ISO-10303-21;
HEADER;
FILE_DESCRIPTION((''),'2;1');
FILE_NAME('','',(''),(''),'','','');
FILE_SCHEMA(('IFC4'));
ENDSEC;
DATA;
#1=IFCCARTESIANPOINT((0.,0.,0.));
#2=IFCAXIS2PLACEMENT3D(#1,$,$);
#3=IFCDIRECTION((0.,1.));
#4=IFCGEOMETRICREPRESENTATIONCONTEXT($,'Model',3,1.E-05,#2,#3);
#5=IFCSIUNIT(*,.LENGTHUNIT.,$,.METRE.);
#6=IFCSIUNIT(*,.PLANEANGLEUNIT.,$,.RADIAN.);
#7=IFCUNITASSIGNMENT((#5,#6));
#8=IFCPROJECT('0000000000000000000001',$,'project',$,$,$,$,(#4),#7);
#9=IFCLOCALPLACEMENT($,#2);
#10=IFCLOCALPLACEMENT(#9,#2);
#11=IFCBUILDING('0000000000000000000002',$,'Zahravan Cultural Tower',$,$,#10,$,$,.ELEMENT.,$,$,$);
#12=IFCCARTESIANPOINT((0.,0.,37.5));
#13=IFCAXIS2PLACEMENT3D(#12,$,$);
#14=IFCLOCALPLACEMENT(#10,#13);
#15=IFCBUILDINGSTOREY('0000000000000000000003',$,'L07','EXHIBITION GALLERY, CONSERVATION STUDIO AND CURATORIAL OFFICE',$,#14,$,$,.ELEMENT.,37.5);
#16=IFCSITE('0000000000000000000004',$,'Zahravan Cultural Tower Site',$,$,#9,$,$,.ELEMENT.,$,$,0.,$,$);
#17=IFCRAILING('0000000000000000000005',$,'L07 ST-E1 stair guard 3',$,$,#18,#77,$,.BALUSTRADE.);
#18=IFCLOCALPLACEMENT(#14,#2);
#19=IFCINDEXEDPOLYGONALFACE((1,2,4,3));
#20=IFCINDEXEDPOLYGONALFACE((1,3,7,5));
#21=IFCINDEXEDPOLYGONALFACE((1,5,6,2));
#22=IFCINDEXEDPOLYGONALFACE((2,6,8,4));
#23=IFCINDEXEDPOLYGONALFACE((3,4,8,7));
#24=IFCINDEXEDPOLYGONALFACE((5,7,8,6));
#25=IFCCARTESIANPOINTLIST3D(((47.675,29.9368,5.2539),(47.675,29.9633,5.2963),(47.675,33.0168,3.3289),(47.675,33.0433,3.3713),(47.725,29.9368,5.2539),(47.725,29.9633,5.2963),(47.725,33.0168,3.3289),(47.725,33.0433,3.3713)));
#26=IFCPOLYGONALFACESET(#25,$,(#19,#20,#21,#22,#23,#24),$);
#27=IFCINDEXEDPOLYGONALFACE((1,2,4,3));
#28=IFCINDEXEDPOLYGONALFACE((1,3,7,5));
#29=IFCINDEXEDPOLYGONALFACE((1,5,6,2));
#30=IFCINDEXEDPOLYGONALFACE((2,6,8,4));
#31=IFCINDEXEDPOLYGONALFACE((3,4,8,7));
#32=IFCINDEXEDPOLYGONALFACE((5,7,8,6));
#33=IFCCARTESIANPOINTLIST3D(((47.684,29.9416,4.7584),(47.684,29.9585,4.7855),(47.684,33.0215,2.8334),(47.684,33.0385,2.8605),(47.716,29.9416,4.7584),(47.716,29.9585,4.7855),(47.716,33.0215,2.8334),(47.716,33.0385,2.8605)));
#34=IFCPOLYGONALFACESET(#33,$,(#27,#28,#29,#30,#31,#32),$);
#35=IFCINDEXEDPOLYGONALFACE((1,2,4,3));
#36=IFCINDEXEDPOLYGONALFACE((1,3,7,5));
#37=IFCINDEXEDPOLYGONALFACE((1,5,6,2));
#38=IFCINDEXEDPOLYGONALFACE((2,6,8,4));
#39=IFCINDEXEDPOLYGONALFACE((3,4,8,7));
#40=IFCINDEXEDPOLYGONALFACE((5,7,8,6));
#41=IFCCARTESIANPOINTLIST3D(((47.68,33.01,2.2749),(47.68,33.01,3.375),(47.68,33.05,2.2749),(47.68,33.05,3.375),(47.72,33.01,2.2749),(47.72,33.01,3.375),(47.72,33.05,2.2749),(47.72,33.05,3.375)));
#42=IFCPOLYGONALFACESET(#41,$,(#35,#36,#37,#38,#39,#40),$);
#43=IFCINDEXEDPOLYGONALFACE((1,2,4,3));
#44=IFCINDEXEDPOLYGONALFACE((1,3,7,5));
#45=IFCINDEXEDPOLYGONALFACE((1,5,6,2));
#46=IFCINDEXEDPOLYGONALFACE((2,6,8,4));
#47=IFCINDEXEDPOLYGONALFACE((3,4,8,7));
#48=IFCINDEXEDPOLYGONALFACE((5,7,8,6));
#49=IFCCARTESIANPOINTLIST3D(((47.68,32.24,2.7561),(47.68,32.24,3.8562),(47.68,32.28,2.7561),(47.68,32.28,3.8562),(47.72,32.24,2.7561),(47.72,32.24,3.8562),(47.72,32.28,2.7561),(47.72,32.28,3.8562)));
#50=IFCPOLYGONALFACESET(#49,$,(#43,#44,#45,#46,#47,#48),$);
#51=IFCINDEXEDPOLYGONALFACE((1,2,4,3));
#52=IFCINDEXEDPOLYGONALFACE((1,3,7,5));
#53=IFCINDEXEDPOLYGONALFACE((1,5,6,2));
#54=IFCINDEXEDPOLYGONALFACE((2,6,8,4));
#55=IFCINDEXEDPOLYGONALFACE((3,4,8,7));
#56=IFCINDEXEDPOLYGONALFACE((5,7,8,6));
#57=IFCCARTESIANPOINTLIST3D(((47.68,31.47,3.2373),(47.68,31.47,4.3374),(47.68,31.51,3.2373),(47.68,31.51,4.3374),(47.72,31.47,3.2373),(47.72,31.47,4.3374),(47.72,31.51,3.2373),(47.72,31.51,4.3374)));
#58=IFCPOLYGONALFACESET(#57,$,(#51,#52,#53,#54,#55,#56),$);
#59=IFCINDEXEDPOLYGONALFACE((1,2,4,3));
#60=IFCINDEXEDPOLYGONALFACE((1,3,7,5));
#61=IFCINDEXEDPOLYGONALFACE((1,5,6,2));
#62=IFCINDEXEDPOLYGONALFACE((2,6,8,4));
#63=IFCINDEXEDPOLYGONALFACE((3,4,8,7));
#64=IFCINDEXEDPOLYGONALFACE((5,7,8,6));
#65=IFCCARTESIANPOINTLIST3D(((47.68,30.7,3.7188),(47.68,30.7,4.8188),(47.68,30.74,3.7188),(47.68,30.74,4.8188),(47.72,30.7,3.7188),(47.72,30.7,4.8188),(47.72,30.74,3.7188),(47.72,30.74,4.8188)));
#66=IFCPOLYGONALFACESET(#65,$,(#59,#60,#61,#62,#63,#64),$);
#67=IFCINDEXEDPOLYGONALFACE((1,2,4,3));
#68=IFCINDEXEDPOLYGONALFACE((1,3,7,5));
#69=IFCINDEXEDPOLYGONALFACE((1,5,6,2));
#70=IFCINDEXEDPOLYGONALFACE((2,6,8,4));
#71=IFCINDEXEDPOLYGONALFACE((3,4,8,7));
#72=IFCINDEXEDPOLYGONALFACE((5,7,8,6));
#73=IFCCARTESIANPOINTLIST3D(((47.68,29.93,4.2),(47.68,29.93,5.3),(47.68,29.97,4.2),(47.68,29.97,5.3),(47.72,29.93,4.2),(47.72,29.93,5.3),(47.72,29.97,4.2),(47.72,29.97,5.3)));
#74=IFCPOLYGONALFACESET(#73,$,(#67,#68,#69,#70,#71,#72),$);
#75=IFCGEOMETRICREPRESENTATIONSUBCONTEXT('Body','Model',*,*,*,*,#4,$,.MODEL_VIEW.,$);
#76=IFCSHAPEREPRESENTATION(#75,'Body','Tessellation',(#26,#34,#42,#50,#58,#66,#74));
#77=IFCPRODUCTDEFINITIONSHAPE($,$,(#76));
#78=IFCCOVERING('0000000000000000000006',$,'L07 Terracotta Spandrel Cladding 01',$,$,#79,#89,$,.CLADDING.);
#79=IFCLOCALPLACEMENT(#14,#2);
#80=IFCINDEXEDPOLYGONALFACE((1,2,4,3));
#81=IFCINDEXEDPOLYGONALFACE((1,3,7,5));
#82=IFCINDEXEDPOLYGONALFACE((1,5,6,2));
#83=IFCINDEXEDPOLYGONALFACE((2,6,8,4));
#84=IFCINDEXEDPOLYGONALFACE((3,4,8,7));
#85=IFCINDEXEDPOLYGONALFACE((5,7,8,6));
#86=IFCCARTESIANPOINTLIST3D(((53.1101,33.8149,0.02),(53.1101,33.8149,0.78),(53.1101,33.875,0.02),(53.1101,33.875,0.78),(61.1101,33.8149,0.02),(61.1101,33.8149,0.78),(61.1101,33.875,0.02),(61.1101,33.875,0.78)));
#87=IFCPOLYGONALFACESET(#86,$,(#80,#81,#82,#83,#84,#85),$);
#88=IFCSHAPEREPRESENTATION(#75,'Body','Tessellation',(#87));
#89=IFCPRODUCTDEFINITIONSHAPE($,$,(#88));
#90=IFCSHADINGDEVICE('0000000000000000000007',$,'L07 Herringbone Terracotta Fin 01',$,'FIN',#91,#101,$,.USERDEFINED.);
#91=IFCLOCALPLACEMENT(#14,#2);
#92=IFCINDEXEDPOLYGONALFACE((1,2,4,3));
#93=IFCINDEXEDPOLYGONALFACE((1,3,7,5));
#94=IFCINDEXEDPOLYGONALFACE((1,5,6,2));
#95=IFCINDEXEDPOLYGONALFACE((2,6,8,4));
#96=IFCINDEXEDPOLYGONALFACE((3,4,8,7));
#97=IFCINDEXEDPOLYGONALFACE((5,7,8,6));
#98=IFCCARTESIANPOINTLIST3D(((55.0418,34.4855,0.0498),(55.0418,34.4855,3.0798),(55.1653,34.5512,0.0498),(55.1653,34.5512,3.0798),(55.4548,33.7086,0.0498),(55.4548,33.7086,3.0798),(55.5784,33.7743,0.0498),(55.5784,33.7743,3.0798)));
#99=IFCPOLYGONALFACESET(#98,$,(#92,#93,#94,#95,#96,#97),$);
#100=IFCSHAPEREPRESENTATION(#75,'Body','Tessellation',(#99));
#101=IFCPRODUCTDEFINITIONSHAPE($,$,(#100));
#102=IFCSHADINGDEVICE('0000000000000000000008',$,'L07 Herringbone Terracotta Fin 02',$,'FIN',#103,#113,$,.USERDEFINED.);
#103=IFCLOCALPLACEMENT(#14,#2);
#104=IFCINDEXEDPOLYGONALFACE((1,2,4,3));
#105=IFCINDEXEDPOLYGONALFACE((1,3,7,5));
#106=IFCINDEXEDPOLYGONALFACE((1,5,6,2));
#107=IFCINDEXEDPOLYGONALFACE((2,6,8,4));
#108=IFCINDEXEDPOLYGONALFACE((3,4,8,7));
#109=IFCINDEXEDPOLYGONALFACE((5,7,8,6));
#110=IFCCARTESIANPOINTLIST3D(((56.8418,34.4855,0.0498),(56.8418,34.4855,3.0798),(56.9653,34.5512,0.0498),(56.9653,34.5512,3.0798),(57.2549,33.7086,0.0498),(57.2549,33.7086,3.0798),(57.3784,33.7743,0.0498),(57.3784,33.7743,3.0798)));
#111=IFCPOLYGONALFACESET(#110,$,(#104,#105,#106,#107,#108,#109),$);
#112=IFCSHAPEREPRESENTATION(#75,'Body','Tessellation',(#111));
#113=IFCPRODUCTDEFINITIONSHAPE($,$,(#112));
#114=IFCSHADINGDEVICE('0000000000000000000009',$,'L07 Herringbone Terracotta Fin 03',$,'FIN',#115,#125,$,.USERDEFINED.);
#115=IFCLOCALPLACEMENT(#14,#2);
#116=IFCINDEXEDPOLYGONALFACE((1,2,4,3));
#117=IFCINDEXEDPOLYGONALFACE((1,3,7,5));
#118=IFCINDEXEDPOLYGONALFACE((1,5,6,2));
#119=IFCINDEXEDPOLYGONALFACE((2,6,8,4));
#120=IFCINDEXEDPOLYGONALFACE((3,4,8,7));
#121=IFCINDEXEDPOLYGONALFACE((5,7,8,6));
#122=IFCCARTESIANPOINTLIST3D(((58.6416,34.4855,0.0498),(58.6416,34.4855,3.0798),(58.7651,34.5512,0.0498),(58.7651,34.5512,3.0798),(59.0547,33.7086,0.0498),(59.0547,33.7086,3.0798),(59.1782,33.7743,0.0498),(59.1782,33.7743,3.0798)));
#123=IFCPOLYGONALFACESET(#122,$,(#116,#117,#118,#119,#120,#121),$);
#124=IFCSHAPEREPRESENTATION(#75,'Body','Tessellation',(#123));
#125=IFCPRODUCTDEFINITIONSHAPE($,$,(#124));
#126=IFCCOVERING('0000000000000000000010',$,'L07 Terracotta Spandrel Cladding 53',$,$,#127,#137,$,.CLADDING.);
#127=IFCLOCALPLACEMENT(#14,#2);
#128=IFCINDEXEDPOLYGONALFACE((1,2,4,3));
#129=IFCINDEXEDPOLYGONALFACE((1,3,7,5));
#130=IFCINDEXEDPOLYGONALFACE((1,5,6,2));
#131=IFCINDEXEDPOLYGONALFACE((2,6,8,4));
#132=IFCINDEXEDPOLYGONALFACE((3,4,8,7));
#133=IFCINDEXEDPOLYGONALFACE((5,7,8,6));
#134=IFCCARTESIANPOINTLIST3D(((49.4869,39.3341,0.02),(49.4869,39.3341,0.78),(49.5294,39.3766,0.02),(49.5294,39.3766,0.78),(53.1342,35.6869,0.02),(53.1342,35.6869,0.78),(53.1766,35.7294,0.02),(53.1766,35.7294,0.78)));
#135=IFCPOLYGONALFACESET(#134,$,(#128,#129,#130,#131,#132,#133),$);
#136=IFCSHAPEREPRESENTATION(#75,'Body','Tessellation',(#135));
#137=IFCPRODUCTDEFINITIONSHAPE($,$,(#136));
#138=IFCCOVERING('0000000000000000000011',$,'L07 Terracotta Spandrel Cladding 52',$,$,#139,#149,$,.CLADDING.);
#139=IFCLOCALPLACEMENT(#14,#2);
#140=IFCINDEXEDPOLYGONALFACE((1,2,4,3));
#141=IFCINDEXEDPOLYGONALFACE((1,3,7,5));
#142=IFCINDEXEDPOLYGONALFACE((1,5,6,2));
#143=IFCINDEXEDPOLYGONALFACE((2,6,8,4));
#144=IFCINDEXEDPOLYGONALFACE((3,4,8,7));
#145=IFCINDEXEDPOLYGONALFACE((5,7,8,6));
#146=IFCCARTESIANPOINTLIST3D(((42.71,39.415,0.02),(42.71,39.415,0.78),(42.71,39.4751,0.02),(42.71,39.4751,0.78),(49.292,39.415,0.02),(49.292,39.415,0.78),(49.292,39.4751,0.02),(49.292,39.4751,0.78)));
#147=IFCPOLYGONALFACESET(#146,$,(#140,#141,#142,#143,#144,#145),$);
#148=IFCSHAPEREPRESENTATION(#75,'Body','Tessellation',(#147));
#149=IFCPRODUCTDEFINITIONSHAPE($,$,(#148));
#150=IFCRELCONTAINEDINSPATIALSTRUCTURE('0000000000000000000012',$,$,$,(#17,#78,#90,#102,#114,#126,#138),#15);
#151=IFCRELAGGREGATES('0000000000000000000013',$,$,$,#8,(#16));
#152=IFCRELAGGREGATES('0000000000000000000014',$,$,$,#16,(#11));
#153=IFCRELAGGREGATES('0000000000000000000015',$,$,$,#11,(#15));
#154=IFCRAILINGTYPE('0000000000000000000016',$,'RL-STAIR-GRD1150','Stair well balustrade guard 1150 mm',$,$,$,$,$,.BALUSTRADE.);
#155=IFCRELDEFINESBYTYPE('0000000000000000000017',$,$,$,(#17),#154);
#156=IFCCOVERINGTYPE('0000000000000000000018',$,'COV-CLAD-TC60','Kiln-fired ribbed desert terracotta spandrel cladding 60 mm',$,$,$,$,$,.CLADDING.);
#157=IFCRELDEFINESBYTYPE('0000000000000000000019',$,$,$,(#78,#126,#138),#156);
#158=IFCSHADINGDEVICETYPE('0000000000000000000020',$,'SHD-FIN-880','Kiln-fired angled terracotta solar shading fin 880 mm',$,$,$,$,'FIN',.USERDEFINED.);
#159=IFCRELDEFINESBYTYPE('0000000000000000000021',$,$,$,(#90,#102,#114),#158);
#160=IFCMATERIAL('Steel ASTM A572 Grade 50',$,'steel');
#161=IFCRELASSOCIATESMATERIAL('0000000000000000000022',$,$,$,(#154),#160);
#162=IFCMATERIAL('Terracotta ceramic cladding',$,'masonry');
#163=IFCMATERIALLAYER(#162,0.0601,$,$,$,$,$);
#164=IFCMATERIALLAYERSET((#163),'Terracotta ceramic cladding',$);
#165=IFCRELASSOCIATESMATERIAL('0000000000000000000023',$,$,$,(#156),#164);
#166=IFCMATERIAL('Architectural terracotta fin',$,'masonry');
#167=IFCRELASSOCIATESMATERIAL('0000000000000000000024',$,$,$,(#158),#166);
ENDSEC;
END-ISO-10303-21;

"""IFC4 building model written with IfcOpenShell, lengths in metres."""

from ifc_helpers import new_model, si_unit, direction, frame, origin, origin_2d, place, context, subcontext, project, spatial, rectangle, extrude, source, transform, mapped, material, layer, layer_set, type_object, element, save


model = new_model("IFC4")

# Units and contexts
model_context = context("Model", 3, precision=1e-05, world=origin(), true_north=direction((0.0, 1.0)))
body_context = subcontext(model_context, "Body", "Model", "MODEL_VIEW")
ifc_project = project(units=[si_unit("LENGTHUNIT", "METRE"), si_unit("PLANEANGLEUNIT", "RADIAN")], contexts=[model_context])

# Site, building, storey
site_placement = place(None, origin())
site = spatial("IfcSite", under=ifc_project, at=site_placement, Name="Zahravan Cultural Tower Site", CompositionType="ELEMENT", RefElevation=0.0)
building_placement = place(site_placement, origin())
building = spatial("IfcBuilding", under=site, at=building_placement, Name="Zahravan Cultural Tower", CompositionType="ELEMENT")
storey_placement = place(building_placement, frame((0.0, 0.0, 37.5)))
storey = spatial("IfcBuildingStorey", under=building, at=storey_placement, Name="L07", Description="EXHIBITION GALLERY, CONSERVATION STUDIO AND CURATORIAL OFFICE", CompositionType="ELEMENT", Elevation=37.5)

# Shared definitions
ifc_material_1 = material(Name="Steel ASTM A572 Grade 50", Category="steel")

# Railing
railing_type = type_object("IfcRailingType", Name="RL-STAIR-GRD1150", Description="Stair well balustrade guard 1150 mm", PredefinedType="BALUSTRADE", material=ifc_material_1)
railing_1_placement = place(storey_placement, frame((47.7, 33.03, 2.2749)))
element("IfcRailing", 1, at=railing_1_placement, inside=storey, type_object=railing_type, Name="L07 ST-E1 stair guard 3", PredefinedType="BALUSTRADE", context=body_context, shape_type="SweptSolid", body=[
    extrude(rectangle(XDim=0.05, YDim=0.05, at=origin_2d()), frame((0.0, 0.0, 1.0752), z_axis=(0.0, -0.847998, 0.529999), x_axis=(1.0, 0.0, 0.0)), (0.0, 0.0, 1.0), 3.6321),
    extrude(rectangle(XDim=0.032, YDim=0.032, at=origin_2d()), frame((0.0, 0.0, 0.572), z_axis=(0.0, -0.847998, 0.529999), x_axis=(1.0, 0.0, 0.0)), (0.0, 0.0, 1.0), 3.6321),
    extrude(rectangle(XDim=0.04, YDim=0.04, at=origin_2d()), origin(), (0.0, 0.0, 1.0), 1.1001),
    extrude(rectangle(XDim=0.04, YDim=0.04, at=origin_2d()), frame((0.0, -0.77, 0.4812)), (0.0, 0.0, 1.0), 1.1001),
    extrude(rectangle(XDim=0.04, YDim=0.04, at=origin_2d()), frame((0.0, -1.54, 0.9624)), (0.0, 0.0, 1.0), 1.1001),
    extrude(rectangle(XDim=0.04, YDim=0.04, at=origin_2d()), frame((0.0, -2.3101, 1.4438)), (0.0, 0.0, 1.0), 1.1001),
    extrude(rectangle(XDim=0.04, YDim=0.04, at=origin_2d()), frame((0.0, -3.0801, 1.925)), (0.0, 0.0, 1.0), 1.1001),
])

# Covering
ifc_material_2 = material(Name="Terracotta ceramic cladding", Category="masonry")
ifc_layer_1 = layer(ifc_material_2, 0.0601)
ifc_layer_set_1 = layer_set([ifc_layer_1], Name="Terracotta ceramic cladding")
covering_type = type_object("IfcCoveringType", Name="COV-CLAD-TC60", Description="Kiln-fired ribbed desert terracotta spandrel cladding 60 mm", PredefinedType="CLADDING", material=ifc_layer_set_1)
shared_shape_1 = source(origin(), body_context, "Body", "SweptSolid", [
    extrude(rectangle(XDim=8.0, YDim=0.0601, at=origin_2d()), origin(), (0.0, 0.0, 1.0), 0.76),
])
covering_1_placement = place(storey_placement, frame((57.1101, 33.845, 0.02), z_axis=(0.0, 0.0, 1.0), x_axis=(1.0, 0.0, 0.0)))
element("IfcCovering", 2, at=covering_1_placement, inside=storey, type_object=covering_type, Name="L07 Terracotta Spandrel Cladding 01", PredefinedType="CLADDING", context=body_context, shape_type="MappedRepresentation", body=[
    mapped(shared_shape_1, transform((0.0, 0.0, 0.0), x_axis=(1.0, 0.0, 0.0), y_axis=(0.0, 1.0, 0.0), z_axis=(0.0, 0.0, 1.0), scale=1.0)),
])

# Shading devices
ifc_material_3 = material(Name="Architectural terracotta fin", Category="masonry")
shading_device_type = type_object("IfcShadingDeviceType", Name="SHD-FIN-880", Description="Kiln-fired angled terracotta solar shading fin 880 mm", ElementType="FIN", PredefinedType="USERDEFINED", material=ifc_material_3)
shared_shape_2 = source(origin(), body_context, "Body", "SweptSolid", [
    extrude(rectangle(XDim=0.8799, YDim=0.1399, at=origin_2d()), origin(), (0.0, 0.0, 1.0), 3.03),
])
for number, where, z_axis, x_axis, name in (
    (3, (55.3101, 34.1299, 0.0498), (0.0, 0.0, 1.0), (-0.469472, 0.882948, 0.0), "L07 Herringbone Terracotta Fin 01"),
    (4, (57.1101, 34.1299, 0.0498), (0.0, 0.0, 1.0), (-0.469472, 0.882948, 0.0), "L07 Herringbone Terracotta Fin 02"),
    (5, (58.9099, 34.1299, 0.0498), (0.0, 0.0, 1.0), (-0.469472, 0.882948, 0.0), "L07 Herringbone Terracotta Fin 03"),
):
    element("IfcShadingDevice", number, at=place(storey_placement, frame(where, z_axis=z_axis, x_axis=x_axis)), inside=storey, type_object=shading_device_type, Name=name, ObjectType="FIN", PredefinedType="USERDEFINED", context=body_context, shape_type="MappedRepresentation", body=[
        mapped(shared_shape_2, transform((0.0, 0.0, 0.0), x_axis=(1.0, 0.0, 0.0), y_axis=(0.0, 1.0, 0.0), z_axis=(0.0, 0.0, 1.0), scale=1.0)),
    ])

# Coverings
shared_shape_3 = source(origin(), body_context, "Body", "SweptSolid", [
    extrude(rectangle(XDim=5.158, YDim=0.0601, at=origin_2d()), origin(), (0.0, 0.0, 1.0), 0.76),
])
covering_2_placement = place(storey_placement, frame((51.3318, 37.5317, 0.02), z_axis=(0.0, 0.0, 1.0), x_axis=(0.707107, -0.707107, 0.0)))
element("IfcCovering", 6, at=covering_2_placement, inside=storey, type_object=covering_type, Name="L07 Terracotta Spandrel Cladding 53", PredefinedType="CLADDING", context=body_context, shape_type="MappedRepresentation", body=[
    mapped(shared_shape_3, transform((0.0, 0.0, 0.0), x_axis=(1.0, 0.0, 0.0), y_axis=(0.0, 1.0, 0.0), z_axis=(0.0, 0.0, 1.0), scale=1.0)),
])
shared_shape_4 = source(origin(), body_context, "Body", "SweptSolid", [
    extrude(rectangle(XDim=6.582, YDim=0.0601, at=origin_2d()), origin(), (0.0, 0.0, 1.0), 0.76),
])
covering_3_placement = place(storey_placement, frame((46.001, 39.4451, 0.02), z_axis=(0.0, 0.0, 1.0), x_axis=(1.0, 0.0, 0.0)))
element("IfcCovering", 7, at=covering_3_placement, inside=storey, type_object=covering_type, Name="L07 Terracotta Spandrel Cladding 52", PredefinedType="CLADDING", context=body_context, shape_type="MappedRepresentation", body=[
    mapped(shared_shape_4, transform((0.0, 0.0, 0.0), x_axis=(1.0, 0.0, 0.0), y_axis=(0.0, 1.0, 0.0), z_axis=(0.0, 0.0, 1.0), scale=1.0)),
])

save(model, "model.ifc")
